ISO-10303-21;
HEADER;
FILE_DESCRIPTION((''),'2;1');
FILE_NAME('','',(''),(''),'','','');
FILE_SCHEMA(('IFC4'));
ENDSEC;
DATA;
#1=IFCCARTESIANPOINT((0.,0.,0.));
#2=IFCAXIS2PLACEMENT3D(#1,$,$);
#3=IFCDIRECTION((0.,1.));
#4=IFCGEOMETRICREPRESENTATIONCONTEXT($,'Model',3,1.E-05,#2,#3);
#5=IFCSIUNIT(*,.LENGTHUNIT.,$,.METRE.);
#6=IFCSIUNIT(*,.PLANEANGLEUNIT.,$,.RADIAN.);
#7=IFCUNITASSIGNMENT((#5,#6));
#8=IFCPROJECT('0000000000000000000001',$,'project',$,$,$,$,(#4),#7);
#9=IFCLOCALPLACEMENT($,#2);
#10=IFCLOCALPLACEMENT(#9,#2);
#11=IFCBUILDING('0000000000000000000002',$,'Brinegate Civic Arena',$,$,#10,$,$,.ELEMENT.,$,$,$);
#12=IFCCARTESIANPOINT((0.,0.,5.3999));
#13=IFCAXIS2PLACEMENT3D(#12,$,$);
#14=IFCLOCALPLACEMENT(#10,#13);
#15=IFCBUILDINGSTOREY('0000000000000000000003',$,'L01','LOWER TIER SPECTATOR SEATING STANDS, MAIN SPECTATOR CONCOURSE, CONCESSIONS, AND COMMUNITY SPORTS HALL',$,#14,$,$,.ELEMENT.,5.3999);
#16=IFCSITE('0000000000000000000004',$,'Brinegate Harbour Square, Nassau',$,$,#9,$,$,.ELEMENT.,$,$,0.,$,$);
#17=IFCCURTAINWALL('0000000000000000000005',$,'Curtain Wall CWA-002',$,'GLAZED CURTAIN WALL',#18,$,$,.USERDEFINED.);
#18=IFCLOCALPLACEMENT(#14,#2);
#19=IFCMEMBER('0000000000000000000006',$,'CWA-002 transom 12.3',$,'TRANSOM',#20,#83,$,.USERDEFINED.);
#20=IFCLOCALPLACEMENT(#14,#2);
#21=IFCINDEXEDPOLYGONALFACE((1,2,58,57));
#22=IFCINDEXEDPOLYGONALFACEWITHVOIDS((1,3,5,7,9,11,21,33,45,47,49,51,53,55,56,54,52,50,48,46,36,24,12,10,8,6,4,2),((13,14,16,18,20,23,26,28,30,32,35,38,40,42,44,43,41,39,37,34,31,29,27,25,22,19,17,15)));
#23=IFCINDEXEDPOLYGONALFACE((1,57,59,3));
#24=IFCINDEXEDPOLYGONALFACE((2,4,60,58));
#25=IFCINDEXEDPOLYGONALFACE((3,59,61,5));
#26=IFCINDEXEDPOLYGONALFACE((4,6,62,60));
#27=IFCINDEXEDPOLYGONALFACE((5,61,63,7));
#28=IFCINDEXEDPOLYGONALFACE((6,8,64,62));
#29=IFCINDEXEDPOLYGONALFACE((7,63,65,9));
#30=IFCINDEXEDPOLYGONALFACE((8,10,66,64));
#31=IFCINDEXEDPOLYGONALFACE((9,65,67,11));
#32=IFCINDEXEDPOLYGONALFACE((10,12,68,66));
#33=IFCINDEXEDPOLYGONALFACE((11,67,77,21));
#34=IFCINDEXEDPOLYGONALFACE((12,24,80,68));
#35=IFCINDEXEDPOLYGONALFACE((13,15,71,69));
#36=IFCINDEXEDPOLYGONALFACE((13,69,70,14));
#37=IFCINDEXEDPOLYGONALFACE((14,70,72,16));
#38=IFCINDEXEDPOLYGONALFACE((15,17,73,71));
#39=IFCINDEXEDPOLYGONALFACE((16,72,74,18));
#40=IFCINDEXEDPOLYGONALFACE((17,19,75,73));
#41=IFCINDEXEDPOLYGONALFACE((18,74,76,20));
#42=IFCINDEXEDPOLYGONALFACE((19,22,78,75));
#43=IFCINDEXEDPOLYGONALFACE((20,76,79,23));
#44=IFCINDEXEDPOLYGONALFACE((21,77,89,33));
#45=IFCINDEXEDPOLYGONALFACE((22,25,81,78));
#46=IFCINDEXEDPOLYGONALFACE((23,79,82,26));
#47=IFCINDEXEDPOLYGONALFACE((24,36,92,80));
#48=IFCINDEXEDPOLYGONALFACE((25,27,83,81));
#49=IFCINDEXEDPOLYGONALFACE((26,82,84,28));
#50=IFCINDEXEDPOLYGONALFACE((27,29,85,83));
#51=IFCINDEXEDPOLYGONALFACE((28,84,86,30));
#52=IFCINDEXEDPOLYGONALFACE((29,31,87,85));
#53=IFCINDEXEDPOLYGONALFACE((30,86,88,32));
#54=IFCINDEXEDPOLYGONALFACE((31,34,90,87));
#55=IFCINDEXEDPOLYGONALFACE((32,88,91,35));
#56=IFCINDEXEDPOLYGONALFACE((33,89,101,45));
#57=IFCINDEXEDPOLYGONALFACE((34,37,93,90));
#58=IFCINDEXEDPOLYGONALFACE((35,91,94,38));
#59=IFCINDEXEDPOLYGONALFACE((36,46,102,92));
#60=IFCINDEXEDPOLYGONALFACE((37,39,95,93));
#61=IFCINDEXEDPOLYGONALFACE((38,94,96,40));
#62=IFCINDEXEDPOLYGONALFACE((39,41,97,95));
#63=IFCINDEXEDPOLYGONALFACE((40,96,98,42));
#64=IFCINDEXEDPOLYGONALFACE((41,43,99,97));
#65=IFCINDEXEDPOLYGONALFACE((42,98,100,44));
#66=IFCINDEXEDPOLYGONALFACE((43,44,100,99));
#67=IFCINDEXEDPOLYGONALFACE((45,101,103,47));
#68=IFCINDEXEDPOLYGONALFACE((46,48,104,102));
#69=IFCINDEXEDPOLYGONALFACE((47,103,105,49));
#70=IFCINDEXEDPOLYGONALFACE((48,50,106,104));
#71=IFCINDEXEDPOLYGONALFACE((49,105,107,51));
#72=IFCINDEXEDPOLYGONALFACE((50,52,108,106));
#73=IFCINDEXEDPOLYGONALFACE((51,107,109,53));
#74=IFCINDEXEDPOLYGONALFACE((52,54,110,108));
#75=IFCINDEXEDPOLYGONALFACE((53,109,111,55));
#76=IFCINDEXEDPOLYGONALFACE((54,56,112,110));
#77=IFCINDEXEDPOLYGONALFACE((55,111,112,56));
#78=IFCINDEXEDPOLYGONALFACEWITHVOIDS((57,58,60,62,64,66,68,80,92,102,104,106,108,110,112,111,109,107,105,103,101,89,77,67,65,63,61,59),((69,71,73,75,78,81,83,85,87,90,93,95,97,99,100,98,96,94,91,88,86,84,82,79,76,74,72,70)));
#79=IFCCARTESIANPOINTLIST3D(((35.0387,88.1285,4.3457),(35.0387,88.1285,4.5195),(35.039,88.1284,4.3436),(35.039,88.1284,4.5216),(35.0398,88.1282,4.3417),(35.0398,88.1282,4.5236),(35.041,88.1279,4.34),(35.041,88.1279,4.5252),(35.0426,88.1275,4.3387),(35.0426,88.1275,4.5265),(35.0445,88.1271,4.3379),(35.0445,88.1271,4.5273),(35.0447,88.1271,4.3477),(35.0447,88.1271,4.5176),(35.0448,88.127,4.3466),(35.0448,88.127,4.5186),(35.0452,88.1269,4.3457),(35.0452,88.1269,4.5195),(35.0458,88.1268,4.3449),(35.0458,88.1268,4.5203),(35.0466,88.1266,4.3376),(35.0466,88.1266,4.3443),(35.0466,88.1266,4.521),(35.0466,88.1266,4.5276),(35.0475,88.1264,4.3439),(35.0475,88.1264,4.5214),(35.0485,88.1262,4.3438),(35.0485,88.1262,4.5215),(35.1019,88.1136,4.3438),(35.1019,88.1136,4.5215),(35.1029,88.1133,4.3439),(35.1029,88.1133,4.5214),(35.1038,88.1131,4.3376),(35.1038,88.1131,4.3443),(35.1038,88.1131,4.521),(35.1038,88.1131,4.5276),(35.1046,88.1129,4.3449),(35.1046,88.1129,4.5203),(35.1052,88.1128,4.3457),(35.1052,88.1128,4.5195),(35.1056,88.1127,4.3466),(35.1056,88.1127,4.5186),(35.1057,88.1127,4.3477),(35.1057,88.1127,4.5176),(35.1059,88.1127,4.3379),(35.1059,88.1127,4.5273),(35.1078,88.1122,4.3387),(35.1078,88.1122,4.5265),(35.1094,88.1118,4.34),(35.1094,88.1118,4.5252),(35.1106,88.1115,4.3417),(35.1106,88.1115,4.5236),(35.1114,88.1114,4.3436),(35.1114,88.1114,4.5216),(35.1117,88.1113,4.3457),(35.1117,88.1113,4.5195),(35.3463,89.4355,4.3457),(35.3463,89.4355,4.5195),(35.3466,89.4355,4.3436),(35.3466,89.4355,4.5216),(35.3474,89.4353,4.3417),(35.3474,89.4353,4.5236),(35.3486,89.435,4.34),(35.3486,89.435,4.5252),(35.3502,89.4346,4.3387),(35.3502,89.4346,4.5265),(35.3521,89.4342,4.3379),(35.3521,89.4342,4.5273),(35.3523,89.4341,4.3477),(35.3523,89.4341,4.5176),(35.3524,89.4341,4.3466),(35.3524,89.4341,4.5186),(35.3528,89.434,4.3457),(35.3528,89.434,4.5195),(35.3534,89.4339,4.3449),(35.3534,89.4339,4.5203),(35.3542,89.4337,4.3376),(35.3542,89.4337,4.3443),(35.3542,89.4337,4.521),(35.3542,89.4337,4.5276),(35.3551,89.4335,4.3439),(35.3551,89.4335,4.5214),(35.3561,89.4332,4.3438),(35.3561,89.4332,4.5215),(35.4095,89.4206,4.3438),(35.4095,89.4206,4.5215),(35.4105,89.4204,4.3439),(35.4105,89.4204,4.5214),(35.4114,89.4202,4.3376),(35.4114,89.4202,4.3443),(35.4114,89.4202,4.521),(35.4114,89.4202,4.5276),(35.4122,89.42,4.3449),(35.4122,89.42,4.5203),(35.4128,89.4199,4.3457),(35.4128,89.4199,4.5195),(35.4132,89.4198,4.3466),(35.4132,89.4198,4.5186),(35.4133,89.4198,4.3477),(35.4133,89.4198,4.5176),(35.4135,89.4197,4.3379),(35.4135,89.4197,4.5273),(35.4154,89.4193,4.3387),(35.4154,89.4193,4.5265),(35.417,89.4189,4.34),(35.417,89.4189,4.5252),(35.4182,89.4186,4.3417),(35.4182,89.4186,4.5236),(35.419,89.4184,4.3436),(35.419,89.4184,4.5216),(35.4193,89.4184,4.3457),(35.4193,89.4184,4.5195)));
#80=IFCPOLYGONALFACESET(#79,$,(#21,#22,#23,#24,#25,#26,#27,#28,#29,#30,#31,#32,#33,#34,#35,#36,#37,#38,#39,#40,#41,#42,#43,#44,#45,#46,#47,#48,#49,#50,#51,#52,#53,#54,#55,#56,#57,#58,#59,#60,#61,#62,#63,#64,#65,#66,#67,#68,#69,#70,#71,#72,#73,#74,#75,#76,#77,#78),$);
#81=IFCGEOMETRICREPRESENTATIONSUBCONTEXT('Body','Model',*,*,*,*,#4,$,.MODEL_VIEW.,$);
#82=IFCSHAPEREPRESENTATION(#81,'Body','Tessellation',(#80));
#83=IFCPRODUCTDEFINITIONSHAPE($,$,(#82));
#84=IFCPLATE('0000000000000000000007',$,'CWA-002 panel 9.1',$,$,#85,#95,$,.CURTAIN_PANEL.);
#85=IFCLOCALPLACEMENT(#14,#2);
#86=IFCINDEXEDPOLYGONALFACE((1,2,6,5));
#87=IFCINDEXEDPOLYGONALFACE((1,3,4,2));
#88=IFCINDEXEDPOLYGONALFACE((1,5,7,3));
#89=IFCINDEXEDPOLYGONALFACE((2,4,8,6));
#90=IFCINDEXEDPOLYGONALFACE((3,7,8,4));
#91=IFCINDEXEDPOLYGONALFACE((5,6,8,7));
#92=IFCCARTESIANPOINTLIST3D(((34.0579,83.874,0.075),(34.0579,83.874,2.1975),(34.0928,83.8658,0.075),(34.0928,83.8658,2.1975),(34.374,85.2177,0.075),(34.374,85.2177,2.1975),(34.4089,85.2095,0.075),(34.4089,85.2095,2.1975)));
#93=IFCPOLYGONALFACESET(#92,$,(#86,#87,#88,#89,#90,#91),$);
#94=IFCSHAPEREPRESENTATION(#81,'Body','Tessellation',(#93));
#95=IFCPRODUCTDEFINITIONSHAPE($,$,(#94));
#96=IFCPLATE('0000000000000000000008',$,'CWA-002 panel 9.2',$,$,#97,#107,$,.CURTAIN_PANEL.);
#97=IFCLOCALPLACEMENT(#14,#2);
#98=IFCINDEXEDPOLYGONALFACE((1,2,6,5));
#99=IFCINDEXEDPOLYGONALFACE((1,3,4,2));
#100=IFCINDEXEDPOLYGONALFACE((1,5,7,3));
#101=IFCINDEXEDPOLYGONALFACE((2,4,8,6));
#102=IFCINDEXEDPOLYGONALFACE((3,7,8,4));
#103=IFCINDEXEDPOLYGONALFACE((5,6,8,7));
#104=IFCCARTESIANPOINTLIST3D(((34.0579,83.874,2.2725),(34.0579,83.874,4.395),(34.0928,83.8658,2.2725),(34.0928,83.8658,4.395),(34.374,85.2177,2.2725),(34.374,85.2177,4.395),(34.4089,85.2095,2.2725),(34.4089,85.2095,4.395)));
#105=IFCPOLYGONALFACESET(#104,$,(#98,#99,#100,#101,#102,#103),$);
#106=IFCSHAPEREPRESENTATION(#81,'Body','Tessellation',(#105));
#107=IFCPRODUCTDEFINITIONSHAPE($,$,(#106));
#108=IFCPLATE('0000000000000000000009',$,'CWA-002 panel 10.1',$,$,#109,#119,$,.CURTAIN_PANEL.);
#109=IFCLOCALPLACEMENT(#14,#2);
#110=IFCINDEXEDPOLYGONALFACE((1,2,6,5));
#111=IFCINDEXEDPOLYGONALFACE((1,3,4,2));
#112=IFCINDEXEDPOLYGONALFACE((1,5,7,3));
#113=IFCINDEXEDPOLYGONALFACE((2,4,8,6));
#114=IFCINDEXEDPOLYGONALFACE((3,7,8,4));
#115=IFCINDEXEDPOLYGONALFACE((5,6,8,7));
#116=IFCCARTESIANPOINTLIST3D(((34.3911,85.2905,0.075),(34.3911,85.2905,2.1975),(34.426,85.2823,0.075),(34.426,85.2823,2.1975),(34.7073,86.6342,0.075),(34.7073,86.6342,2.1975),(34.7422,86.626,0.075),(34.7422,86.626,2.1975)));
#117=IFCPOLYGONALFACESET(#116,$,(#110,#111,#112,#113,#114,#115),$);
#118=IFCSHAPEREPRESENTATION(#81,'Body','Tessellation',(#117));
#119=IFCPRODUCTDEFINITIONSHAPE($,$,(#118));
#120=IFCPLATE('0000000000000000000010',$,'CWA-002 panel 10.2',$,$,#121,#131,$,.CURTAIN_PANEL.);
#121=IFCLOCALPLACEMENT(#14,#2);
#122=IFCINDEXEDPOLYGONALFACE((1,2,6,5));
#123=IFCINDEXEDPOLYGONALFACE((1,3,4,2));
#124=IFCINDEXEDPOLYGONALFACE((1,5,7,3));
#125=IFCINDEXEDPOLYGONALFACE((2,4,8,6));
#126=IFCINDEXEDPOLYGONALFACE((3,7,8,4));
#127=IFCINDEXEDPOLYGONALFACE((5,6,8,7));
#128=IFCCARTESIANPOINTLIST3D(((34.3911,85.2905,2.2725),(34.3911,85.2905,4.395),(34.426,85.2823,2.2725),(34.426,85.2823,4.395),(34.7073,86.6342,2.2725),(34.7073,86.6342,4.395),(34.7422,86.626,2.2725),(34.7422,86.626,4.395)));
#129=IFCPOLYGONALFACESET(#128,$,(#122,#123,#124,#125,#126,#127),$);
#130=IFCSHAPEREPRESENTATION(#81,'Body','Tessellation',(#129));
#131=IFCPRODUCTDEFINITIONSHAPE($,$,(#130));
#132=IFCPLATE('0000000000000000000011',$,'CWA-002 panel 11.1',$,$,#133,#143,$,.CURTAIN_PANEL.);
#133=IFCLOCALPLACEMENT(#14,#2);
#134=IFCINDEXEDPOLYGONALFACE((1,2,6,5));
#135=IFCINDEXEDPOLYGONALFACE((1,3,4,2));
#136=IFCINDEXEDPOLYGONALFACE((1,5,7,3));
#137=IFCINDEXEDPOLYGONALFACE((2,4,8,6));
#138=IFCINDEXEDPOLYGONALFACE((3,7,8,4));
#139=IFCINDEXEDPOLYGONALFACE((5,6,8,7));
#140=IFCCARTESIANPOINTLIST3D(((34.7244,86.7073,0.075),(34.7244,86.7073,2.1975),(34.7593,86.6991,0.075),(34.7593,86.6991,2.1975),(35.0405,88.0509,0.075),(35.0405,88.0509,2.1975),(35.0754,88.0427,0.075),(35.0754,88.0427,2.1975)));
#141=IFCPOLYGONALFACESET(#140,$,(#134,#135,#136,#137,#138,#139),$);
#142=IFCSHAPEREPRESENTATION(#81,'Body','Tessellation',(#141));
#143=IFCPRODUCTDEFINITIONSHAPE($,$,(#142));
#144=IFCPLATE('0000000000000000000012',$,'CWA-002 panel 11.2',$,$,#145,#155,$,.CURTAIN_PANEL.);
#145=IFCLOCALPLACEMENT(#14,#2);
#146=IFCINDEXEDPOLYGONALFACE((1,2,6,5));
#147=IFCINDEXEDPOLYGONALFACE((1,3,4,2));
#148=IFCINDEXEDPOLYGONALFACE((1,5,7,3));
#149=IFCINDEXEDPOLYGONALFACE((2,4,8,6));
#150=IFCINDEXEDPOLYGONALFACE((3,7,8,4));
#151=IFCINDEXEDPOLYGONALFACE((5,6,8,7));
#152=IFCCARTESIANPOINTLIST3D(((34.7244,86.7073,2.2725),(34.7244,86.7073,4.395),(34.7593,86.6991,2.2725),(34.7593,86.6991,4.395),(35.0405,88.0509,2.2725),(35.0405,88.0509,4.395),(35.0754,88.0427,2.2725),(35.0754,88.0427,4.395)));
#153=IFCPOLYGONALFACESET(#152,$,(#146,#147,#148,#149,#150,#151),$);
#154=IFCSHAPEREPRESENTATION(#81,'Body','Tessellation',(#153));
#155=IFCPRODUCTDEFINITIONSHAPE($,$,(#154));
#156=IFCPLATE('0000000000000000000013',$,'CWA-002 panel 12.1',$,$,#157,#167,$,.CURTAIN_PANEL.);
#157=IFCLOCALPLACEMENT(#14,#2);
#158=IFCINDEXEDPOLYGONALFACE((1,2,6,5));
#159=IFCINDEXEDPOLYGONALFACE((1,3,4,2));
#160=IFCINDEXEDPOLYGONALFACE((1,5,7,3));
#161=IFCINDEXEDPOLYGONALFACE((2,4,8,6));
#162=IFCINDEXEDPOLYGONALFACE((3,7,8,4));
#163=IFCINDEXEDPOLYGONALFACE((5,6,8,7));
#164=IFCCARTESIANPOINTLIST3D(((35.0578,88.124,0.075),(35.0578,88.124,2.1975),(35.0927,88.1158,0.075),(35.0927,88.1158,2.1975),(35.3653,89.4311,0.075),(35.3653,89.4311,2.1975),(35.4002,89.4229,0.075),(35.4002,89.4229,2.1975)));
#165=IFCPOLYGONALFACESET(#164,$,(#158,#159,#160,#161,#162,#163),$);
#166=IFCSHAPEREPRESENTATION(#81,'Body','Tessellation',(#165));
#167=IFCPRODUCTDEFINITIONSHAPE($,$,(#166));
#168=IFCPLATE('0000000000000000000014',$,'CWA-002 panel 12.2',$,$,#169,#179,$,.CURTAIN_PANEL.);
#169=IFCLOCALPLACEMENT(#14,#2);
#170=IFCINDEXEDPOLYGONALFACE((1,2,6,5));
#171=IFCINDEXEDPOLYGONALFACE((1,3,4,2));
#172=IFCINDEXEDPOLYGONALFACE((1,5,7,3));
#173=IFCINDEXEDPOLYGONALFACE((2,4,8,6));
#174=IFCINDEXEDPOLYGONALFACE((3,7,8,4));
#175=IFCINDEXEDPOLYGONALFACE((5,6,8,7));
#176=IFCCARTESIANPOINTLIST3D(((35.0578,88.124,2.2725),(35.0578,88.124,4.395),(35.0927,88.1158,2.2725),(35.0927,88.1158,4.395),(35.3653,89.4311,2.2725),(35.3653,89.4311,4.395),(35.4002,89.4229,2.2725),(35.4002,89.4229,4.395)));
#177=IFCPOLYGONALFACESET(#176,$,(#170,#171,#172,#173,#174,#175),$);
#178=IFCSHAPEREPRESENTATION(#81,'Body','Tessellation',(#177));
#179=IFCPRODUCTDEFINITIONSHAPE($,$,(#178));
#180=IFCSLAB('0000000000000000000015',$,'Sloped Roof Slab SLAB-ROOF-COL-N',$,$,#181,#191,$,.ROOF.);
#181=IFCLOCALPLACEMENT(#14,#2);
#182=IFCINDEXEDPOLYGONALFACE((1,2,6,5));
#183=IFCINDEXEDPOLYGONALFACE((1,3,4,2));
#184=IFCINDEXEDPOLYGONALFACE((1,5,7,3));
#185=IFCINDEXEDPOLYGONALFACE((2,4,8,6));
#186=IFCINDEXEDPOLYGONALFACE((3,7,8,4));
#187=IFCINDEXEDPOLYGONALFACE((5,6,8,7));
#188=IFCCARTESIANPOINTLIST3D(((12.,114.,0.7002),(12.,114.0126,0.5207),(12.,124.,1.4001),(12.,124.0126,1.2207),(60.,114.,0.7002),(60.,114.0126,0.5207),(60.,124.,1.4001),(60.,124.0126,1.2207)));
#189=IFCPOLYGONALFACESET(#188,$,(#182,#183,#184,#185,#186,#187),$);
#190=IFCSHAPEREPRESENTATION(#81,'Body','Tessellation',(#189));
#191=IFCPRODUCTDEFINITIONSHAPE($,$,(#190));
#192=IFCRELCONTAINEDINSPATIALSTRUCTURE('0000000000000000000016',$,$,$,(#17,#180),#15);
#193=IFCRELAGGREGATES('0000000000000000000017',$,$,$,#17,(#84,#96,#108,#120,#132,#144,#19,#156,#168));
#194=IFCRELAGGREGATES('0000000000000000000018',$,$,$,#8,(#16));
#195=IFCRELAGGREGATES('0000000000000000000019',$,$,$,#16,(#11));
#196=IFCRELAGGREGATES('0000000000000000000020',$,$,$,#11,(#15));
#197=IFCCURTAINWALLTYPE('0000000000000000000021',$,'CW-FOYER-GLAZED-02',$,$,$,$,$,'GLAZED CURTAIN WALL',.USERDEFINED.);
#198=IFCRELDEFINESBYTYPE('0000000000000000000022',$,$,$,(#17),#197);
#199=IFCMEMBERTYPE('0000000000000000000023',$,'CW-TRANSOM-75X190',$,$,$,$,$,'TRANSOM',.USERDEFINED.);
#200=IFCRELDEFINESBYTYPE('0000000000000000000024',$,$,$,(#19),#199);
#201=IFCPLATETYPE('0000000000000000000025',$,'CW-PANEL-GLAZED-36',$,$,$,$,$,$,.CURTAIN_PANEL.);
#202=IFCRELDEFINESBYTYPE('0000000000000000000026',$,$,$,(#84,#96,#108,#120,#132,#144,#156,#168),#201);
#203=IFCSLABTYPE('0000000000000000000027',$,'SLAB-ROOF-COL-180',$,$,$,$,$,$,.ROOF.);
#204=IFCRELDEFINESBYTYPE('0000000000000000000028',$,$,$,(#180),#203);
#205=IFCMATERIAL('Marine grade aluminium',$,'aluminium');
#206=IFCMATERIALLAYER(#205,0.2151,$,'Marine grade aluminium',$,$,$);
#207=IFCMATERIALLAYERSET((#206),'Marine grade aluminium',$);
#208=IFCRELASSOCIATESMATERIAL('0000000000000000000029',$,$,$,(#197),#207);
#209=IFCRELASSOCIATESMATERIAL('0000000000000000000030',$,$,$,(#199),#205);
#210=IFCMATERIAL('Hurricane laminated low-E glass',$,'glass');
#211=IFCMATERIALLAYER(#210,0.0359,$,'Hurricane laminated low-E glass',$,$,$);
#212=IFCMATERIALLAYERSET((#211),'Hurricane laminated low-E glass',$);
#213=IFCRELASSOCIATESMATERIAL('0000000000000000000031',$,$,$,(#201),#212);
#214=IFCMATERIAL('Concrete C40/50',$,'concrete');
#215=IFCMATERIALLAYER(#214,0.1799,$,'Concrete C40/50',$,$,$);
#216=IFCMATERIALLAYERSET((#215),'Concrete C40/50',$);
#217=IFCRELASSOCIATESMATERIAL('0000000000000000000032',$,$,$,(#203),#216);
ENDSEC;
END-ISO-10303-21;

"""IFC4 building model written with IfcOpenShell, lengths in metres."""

from ifc_helpers import new_model, si_unit, direction, frame, origin, origin_2d, place, context, subcontext, project, spatial, polyline, rectangle, hollow_rectangle, outline, extrude, material, layer, layer_set, material_profile, profile_set, type_object, element, aggregate, save


model = new_model("IFC4")

# Units and contexts
model_context = context("Model", 3, precision=1e-05, world=origin(), true_north=direction((0.0, 1.0)))
body_context = subcontext(model_context, "Body", "Model", "MODEL_VIEW")
ifc_project = project(units=[si_unit("LENGTHUNIT", "METRE"), si_unit("PLANEANGLEUNIT", "RADIAN")], contexts=[model_context])

# Site, building, storey
site_placement = place(None, origin())
site = spatial("IfcSite", under=ifc_project, at=site_placement, Name="Brinegate Harbour Square, Nassau", CompositionType="ELEMENT", RefElevation=0.0)
building_placement = place(site_placement, origin())
building = spatial("IfcBuilding", under=site, at=building_placement, Name="Brinegate Civic Arena", CompositionType="ELEMENT")
storey_placement = place(building_placement, frame((0.0, 0.0, 5.3999)))
storey = spatial("IfcBuildingStorey", under=building, at=storey_placement, Name="L01", Description="LOWER TIER SPECTATOR SEATING STANDS, MAIN SPECTATOR CONCOURSE, CONCESSIONS, AND COMMUNITY SPORTS HALL", CompositionType="ELEMENT", Elevation=5.3999)

# Curtain wall, member, plates
ifc_material_1 = material(Name="Marine grade aluminium", Category="aluminium")
ifc_layer_1 = layer(ifc_material_1, 0.2151, Name="Marine grade aluminium")
ifc_layer_set_1 = layer_set([ifc_layer_1], Name="Marine grade aluminium")
curtain_wall_type = type_object("IfcCurtainWallType", Name="CW-FOYER-GLAZED-02", ElementType="GLAZED CURTAIN WALL", PredefinedType="USERDEFINED", material=ifc_layer_set_1)
curtain_wall_placement = place(storey_placement, origin())
curtain_wall = element("IfcCurtainWall", 1, at=curtain_wall_placement, inside=storey, type_object=curtain_wall_type, Name="Curtain Wall CWA-002", ObjectType="GLAZED CURTAIN WALL", PredefinedType="USERDEFINED")
ifc_material_profile_1 = material_profile(ifc_material_1, hollow_rectangle(XDim=0.075, YDim=0.1899, WallThickness=0.0061, InnerFilletRadius=0.0039, OuterFilletRadius=0.0081, at=origin_2d()), Name="TRN75X190")
ifc_profile_set_1 = profile_set([ifc_material_profile_1], Name="Marine grade aluminium")
member_type_1 = type_object("IfcMemberType", Name="CW-TRANSOM-75X190", ElementType="TRANSOM", PredefinedType="USERDEFINED", material=ifc_profile_set_1)
member_1_placement = place(storey_placement, frame((35.0752, 88.1199, 4.4326), z_axis=(0.22908, 0.973408, 0.0), x_axis=(-0.973408, 0.22908, 0.0)))
member_1 = element("IfcMember", 2, at=member_1_placement, type_object=member_type_1, Name="CWA-002 transom 12.3", ObjectType="TRANSOM", PredefinedType="USERDEFINED", context=body_context, shape_type="SweptSolid", body=[
    extrude(hollow_rectangle(XDim=0.075, YDim=0.1899, WallThickness=0.0061, InnerFilletRadius=0.0039, OuterFilletRadius=0.0081, at=origin_2d()), origin(), (0.0, 0.0, 1.0), 1.3428),
])
ifc_material_2 = material(Name="Hurricane laminated low-E glass", Category="glass")
ifc_layer_2 = layer(ifc_material_2, 0.0359, Name="Hurricane laminated low-E glass")
ifc_layer_set_2 = layer_set([ifc_layer_2], Name="Hurricane laminated low-E glass")
plate_type = type_object("IfcPlateType", Name="CW-PANEL-GLAZED-36", PredefinedType="CURTAIN_PANEL", material=ifc_layer_set_2)
plate_1_placement = place(storey_placement, frame((34.2334, 84.5417, 0.075), z_axis=(0.0, 0.0, 1.0), x_axis=(0.229039, 0.973417, 0.0)))
plate_1 = element("IfcPlate", 3, at=plate_1_placement, type_object=plate_type, Name="CWA-002 panel 9.1", PredefinedType="CURTAIN_PANEL", context=body_context, shape_type="SweptSolid", body=[
    extrude(rectangle(XDim=1.3804, YDim=0.0359, at=origin_2d()), origin(), (0.0, 0.0, 1.0), 2.1226),
])
plate_2_placement = place(storey_placement, frame((34.2334, 84.5417, 2.2725), z_axis=(0.0, 0.0, 1.0), x_axis=(0.229039, 0.973417, 0.0)))
plate_2 = element("IfcPlate", 4, at=plate_2_placement, type_object=plate_type, Name="CWA-002 panel 9.2", PredefinedType="CURTAIN_PANEL", context=body_context, shape_type="SweptSolid", body=[
    extrude(rectangle(XDim=1.3804, YDim=0.0359, at=origin_2d()), origin(), (0.0, 0.0, 1.0), 2.1226),
])
plate_3_placement = place(storey_placement, frame((34.5667, 85.9583, 0.075), z_axis=(0.0, 0.0, 1.0), x_axis=(0.229039, 0.973417, 0.0)))
plate_3 = element("IfcPlate", 5, at=plate_3_placement, type_object=plate_type, Name="CWA-002 panel 10.1", PredefinedType="CURTAIN_PANEL", context=body_context, shape_type="SweptSolid", body=[
    extrude(rectangle(XDim=1.3804, YDim=0.0359, at=origin_2d()), origin(), (0.0, 0.0, 1.0), 2.1226),
])
plate_4_placement = place(storey_placement, frame((34.5667, 85.9583, 2.2725), z_axis=(0.0, 0.0, 1.0), x_axis=(0.229039, 0.973417, 0.0)))
plate_4 = element("IfcPlate", 6, at=plate_4_placement, type_object=plate_type, Name="CWA-002 panel 10.2", PredefinedType="CURTAIN_PANEL", context=body_context, shape_type="SweptSolid", body=[
    extrude(rectangle(XDim=1.3804, YDim=0.0359, at=origin_2d()), origin(), (0.0, 0.0, 1.0), 2.1226),
])
plate_5_placement = place(storey_placement, frame((34.8999, 87.375, 0.075), z_axis=(0.0, 0.0, 1.0), x_axis=(0.229039, 0.973417, 0.0)))
plate_5 = element("IfcPlate", 7, at=plate_5_placement, type_object=plate_type, Name="CWA-002 panel 11.1", PredefinedType="CURTAIN_PANEL", context=body_context, shape_type="SweptSolid", body=[
    extrude(rectangle(XDim=1.3804, YDim=0.0359, at=origin_2d()), origin(), (0.0, 0.0, 1.0), 2.1226),
])
plate_6_placement = place(storey_placement, frame((34.8999, 87.375, 2.2725), z_axis=(0.0, 0.0, 1.0), x_axis=(0.229039, 0.973417, 0.0)))
plate_6 = element("IfcPlate", 8, at=plate_6_placement, type_object=plate_type, Name="CWA-002 panel 11.2", PredefinedType="CURTAIN_PANEL", context=body_context, shape_type="SweptSolid", body=[
    extrude(rectangle(XDim=1.3804, YDim=0.0359, at=origin_2d()), origin(), (0.0, 0.0, 1.0), 2.1226),
])
plate_7_placement = place(storey_placement, frame((35.229, 88.7734, 0.075), z_axis=(0.0, 0.0, 1.0), x_axis=(0.229039, 0.973417, 0.0)))
plate_7 = element("IfcPlate", 9, at=plate_7_placement, type_object=plate_type, Name="CWA-002 panel 12.1", PredefinedType="CURTAIN_PANEL", context=body_context, shape_type="SweptSolid", body=[
    extrude(rectangle(XDim=1.3428, YDim=0.0359, at=origin_2d()), origin(), (0.0, 0.0, 1.0), 2.1226),
])
plate_8_placement = place(storey_placement, frame((35.229, 88.7734, 2.2725), z_axis=(0.0, 0.0, 1.0), x_axis=(0.229039, 0.973417, 0.0)))
plate_8 = element("IfcPlate", 10, at=plate_8_placement, type_object=plate_type, Name="CWA-002 panel 12.2", PredefinedType="CURTAIN_PANEL", context=body_context, shape_type="SweptSolid", body=[
    extrude(rectangle(XDim=1.3428, YDim=0.0359, at=origin_2d()), origin(), (0.0, 0.0, 1.0), 2.1226),
])
aggregate(curtain_wall, [plate_1, plate_2, plate_3, plate_4, plate_5, plate_6, member_1, plate_7, plate_8])

# Slab
ifc_material_3 = material(Name="Concrete C40/50", Category="concrete")
ifc_layer_3 = layer(ifc_material_3, 0.1799, Name="Concrete C40/50")
ifc_layer_set_3 = layer_set([ifc_layer_3], Name="Concrete C40/50")
slab_type = type_object("IfcSlabType", Name="SLAB-ROOF-COL-180", PredefinedType="ROOF", material=ifc_layer_set_3)
slab_placement = place(storey_placement, frame((12.0, 114.0, 0.7002), z_axis=(0.0, -0.069824, 0.997559), x_axis=(1.0, 0.0, 0.0)))
element("IfcSlab", 11, at=slab_placement, inside=storey, type_object=slab_type, Name="Sloped Roof Slab SLAB-ROOF-COL-N", PredefinedType="ROOF", context=body_context, shape_type="SweptSolid", body=[
    extrude(outline(polyline([(0.0, 0.0), (48.0, 0.0), (48.0, 10.0245), (0.0, 10.0245), (0.0, 0.0)])), origin(), (0.0, 0.0, -1.0), 0.1799),
])

save(model, "model.ifc")
